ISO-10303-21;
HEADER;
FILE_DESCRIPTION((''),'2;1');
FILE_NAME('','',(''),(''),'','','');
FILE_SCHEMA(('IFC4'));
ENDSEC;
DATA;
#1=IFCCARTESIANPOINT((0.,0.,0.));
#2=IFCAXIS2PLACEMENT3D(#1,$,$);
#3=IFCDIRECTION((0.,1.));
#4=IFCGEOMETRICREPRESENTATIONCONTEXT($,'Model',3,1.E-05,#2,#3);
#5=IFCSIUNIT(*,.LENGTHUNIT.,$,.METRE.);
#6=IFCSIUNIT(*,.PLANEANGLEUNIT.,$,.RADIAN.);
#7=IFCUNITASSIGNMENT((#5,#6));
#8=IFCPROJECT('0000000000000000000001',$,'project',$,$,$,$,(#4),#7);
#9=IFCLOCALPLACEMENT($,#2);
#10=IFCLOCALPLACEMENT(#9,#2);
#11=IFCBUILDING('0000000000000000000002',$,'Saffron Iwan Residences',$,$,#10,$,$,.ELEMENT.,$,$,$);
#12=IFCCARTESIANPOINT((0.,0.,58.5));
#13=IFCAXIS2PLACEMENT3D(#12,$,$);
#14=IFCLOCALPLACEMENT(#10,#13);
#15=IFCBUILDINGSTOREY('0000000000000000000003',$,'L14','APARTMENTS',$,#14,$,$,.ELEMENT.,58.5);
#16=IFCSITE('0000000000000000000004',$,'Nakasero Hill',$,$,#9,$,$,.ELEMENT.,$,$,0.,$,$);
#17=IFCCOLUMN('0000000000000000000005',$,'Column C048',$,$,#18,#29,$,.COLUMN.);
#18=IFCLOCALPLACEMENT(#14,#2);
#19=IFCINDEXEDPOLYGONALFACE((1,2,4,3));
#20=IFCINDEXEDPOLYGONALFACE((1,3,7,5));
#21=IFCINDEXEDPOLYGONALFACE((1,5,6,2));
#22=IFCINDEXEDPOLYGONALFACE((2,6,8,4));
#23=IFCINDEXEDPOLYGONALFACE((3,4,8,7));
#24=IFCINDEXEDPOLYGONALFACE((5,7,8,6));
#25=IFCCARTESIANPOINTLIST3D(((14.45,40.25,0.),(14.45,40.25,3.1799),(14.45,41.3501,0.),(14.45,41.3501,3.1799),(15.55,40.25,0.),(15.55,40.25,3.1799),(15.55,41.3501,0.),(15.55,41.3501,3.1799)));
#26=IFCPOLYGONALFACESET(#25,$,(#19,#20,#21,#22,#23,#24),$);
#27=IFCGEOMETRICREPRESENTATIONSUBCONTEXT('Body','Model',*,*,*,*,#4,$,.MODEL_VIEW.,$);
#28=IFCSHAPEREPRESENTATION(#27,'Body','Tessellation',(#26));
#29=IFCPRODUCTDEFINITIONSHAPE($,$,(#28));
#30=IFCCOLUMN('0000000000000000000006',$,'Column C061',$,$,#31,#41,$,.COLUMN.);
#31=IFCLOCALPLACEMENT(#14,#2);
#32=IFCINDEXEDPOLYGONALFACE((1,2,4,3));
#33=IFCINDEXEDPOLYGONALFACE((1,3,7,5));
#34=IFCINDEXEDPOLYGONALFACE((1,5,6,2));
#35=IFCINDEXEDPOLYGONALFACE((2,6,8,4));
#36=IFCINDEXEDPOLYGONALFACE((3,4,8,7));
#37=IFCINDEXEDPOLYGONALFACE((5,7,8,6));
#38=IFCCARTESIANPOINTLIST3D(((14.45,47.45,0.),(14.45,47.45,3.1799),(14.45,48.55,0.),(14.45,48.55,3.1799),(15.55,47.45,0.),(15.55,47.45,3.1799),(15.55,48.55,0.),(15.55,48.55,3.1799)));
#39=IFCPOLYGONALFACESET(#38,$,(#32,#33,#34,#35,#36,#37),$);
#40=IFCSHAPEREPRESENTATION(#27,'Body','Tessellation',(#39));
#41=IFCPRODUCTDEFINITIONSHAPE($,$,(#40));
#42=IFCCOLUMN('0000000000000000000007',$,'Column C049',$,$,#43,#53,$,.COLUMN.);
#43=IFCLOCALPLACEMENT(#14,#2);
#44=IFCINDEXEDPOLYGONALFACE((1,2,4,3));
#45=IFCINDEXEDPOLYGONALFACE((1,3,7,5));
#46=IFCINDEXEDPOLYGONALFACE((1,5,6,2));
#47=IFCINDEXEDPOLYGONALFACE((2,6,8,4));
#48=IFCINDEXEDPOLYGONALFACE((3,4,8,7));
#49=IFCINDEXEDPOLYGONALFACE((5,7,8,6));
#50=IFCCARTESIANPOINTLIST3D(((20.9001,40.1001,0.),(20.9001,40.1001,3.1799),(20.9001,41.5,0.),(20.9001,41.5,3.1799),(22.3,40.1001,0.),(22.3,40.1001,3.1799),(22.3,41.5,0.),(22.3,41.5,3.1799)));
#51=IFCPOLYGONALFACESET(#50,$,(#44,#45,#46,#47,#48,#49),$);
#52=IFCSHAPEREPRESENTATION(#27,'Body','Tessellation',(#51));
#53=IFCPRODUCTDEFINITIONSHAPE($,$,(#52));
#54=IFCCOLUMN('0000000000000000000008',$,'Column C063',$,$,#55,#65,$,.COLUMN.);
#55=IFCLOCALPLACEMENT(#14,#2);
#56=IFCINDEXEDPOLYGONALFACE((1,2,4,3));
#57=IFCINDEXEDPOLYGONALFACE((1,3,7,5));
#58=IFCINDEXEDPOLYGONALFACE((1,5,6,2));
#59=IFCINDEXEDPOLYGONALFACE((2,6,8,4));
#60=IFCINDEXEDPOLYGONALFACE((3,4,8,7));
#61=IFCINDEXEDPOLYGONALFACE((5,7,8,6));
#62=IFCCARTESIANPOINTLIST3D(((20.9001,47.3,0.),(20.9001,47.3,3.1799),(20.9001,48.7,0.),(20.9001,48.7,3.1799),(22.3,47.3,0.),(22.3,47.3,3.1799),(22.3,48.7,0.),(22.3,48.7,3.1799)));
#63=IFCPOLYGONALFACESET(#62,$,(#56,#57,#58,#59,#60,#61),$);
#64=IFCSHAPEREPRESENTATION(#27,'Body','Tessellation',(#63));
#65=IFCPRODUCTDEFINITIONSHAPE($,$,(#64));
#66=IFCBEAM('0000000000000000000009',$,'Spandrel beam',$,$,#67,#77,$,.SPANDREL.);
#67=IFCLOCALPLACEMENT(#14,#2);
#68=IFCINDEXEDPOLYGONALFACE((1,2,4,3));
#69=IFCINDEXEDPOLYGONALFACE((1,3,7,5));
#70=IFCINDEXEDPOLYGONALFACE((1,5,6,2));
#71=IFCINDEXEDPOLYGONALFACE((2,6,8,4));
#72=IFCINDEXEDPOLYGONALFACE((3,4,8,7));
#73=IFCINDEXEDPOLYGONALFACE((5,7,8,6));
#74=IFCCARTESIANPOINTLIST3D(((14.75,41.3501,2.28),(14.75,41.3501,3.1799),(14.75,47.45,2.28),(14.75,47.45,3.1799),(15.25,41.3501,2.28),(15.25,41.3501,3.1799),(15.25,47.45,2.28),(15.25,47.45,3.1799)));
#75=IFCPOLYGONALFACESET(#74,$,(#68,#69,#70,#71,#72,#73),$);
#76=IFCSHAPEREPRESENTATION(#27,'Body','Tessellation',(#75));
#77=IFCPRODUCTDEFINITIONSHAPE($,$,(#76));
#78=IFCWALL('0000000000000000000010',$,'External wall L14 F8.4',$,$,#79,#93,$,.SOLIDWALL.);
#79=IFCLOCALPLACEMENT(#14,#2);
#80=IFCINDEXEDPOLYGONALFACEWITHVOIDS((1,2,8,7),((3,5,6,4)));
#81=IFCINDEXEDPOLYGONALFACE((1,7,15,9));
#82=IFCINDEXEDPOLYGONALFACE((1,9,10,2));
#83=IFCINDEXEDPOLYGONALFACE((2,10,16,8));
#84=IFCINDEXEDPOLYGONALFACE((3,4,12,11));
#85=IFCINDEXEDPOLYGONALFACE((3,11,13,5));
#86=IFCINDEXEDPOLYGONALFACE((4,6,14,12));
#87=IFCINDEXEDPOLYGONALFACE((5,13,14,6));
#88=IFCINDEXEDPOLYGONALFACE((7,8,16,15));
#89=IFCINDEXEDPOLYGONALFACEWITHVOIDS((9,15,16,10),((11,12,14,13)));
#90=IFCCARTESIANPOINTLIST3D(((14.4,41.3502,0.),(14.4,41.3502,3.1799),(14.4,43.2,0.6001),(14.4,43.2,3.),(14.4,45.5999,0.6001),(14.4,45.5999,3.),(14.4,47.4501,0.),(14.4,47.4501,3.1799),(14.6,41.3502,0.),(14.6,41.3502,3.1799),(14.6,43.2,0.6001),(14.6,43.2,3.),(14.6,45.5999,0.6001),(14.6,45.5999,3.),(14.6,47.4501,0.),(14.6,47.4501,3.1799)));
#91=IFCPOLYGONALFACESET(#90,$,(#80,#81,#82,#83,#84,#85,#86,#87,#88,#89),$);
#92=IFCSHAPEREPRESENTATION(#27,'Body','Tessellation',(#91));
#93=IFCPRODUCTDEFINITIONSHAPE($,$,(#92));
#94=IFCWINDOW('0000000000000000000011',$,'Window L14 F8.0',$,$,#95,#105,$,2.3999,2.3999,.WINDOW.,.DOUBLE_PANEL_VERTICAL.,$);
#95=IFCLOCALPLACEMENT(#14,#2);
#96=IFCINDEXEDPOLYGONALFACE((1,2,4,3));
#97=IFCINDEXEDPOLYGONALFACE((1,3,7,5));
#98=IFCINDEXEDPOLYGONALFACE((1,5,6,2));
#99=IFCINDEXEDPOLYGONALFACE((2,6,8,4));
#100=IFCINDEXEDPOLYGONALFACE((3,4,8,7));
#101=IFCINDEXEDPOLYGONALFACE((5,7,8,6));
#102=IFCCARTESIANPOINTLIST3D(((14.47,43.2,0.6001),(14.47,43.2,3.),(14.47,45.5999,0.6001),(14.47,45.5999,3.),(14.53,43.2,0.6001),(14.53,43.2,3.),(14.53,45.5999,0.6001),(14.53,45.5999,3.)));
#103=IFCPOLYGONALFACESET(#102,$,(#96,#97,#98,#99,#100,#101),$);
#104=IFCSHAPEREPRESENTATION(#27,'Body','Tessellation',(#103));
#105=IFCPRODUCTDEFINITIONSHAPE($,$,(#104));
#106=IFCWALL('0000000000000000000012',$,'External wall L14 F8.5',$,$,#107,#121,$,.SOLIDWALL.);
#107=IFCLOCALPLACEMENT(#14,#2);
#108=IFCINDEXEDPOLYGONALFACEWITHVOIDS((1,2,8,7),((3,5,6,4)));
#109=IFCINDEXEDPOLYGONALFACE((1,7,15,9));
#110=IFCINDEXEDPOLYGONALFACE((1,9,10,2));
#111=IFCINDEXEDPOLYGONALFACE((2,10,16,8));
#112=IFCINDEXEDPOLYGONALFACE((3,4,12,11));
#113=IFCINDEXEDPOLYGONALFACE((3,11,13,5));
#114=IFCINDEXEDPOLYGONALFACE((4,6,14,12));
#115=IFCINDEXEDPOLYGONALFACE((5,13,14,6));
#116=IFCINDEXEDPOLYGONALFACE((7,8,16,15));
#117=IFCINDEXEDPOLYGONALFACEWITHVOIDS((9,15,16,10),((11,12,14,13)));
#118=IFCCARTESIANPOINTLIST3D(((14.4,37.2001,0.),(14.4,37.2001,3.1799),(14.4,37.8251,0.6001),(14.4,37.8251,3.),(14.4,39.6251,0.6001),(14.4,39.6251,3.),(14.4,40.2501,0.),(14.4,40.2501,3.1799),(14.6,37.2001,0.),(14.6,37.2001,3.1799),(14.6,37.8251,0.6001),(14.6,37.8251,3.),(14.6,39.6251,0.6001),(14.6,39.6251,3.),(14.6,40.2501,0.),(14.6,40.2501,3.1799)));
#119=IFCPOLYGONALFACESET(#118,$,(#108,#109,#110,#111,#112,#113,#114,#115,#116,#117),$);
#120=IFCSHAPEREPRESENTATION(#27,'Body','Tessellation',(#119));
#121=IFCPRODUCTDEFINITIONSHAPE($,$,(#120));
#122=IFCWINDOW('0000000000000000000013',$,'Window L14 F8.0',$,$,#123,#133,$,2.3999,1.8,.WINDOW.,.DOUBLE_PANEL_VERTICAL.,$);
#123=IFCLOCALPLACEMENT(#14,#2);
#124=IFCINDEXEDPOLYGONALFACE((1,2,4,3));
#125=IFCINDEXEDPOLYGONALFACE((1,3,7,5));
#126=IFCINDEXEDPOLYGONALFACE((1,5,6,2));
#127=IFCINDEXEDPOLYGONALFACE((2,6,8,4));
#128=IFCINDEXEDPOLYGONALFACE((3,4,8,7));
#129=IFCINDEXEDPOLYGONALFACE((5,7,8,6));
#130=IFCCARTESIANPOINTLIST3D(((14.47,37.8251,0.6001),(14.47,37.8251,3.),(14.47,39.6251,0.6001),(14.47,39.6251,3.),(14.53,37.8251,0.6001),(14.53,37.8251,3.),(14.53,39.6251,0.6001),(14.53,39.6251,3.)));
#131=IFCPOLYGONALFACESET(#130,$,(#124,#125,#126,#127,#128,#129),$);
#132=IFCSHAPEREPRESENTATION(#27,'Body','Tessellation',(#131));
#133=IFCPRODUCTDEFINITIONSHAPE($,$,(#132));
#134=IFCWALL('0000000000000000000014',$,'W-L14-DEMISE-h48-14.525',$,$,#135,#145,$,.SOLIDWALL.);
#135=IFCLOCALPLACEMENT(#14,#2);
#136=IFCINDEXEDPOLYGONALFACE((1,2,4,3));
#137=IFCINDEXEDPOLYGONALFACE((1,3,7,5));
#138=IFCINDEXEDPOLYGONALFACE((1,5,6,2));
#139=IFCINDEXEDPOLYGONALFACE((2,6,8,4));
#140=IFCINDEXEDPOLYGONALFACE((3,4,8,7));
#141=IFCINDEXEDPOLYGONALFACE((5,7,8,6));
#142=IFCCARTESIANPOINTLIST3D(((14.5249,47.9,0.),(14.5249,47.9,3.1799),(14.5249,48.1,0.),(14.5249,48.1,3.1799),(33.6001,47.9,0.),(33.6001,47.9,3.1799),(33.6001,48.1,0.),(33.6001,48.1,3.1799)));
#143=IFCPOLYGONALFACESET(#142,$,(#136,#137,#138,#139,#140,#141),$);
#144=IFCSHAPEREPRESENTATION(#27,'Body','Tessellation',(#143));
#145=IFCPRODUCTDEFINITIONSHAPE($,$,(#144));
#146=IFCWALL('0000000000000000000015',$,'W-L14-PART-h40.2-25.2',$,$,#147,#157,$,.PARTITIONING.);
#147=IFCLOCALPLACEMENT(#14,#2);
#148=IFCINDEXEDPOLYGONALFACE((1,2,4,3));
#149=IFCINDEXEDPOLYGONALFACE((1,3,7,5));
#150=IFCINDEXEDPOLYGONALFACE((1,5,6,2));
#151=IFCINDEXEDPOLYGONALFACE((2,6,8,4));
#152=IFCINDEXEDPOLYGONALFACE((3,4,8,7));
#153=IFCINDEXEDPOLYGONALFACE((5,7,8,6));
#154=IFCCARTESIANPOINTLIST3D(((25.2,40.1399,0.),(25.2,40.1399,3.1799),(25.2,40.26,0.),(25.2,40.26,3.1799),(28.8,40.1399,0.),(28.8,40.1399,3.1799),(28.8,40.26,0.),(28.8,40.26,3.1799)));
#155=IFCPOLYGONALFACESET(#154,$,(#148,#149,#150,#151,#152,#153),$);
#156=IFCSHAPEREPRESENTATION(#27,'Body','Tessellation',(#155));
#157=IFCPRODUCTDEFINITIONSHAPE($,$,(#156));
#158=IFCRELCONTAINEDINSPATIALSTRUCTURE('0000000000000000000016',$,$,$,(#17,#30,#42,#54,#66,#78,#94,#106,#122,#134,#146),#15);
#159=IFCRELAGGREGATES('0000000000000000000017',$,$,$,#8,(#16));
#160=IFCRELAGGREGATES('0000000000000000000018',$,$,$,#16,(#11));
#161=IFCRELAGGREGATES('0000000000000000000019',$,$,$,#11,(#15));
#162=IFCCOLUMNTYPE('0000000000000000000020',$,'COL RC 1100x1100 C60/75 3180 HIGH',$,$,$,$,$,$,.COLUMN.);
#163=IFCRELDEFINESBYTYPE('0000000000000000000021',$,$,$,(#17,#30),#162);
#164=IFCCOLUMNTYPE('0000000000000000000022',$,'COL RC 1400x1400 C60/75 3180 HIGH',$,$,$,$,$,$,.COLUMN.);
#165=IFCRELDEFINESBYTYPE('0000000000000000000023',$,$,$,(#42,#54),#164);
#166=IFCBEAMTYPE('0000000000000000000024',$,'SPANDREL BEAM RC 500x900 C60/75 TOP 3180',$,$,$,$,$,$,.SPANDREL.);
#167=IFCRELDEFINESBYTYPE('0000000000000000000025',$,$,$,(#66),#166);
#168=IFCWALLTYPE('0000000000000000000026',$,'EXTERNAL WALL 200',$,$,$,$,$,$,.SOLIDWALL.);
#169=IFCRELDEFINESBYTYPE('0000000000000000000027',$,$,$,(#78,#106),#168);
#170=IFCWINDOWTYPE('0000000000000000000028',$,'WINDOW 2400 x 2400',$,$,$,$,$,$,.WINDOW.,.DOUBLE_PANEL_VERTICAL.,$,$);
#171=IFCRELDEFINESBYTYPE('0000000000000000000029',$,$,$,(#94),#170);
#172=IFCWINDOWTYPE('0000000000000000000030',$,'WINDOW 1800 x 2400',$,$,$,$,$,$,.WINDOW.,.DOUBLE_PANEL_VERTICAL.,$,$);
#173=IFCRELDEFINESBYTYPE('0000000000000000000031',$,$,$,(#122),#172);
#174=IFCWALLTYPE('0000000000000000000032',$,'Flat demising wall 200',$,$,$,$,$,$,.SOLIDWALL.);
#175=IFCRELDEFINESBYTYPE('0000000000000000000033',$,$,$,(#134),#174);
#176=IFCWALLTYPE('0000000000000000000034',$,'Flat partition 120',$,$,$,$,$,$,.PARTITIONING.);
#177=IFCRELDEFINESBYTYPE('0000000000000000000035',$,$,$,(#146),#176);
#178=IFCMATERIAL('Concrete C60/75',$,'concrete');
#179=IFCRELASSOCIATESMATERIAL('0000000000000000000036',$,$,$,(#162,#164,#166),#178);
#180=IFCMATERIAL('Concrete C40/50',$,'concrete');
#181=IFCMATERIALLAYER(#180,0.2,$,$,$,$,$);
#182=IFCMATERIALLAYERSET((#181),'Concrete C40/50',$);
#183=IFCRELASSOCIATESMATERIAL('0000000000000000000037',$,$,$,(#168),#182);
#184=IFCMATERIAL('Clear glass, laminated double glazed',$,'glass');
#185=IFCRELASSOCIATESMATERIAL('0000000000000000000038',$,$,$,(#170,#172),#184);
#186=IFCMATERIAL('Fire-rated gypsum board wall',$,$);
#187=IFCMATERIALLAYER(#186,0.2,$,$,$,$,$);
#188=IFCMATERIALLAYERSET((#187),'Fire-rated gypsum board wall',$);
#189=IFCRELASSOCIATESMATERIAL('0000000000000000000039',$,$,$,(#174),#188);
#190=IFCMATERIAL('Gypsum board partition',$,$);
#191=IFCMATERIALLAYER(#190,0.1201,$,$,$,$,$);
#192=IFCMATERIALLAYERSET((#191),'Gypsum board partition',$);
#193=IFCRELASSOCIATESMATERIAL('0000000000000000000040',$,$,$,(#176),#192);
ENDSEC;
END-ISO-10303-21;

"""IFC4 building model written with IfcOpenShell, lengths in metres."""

from ifc_helpers import new_model, si_unit, direction, frame, frame_2d, origin, origin_2d, place, context, subcontext, project, spatial, rectangle, extrude, source, transform, mapped, material, layer, layer_set, material_profile, profile_set, type_object, element, fill, save


model = new_model("IFC4")

# Units and contexts
model_context = context("Model", 3, precision=1e-05, world=origin(), true_north=direction((0.0, 1.0)))
body_context = subcontext(model_context, "Body", "Model", "MODEL_VIEW")
ifc_project = project(units=[si_unit("LENGTHUNIT", "METRE"), si_unit("PLANEANGLEUNIT", "RADIAN")], contexts=[model_context])

# Site, building, storey
site_placement = place(None, origin())
site = spatial("IfcSite", under=ifc_project, at=site_placement, Name="Nakasero Hill", CompositionType="ELEMENT", RefElevation=0.0)
building_placement = place(site_placement, origin())
building = spatial("IfcBuilding", under=site, at=building_placement, Name="Saffron Iwan Residences", CompositionType="ELEMENT")
storey_placement = place(building_placement, frame((0.0, 0.0, 58.5)))
storey = spatial("IfcBuildingStorey", under=building, at=storey_placement, Name="L14", Description="APARTMENTS", CompositionType="ELEMENT", Elevation=58.5)

# Columns
ifc_material_1 = material(Name="Concrete C60/75", Category="concrete")
ifc_material_profile_1 = material_profile(ifc_material_1, rectangle(XDim=1.1001, YDim=1.1001, at=origin_2d()), Name="RC 1100x1100")
ifc_profile_set_1 = profile_set([ifc_material_profile_1], Name="Concrete C60/75")
column_type_1 = type_object("IfcColumnType", Name="COL RC 1100x1100 C60/75 3180 HIGH", PredefinedType="COLUMN", material=ifc_profile_set_1)
shared_shape_1 = source(origin(), body_context, "Body", "SweptSolid", [
    extrude(rectangle(XDim=1.1001, YDim=1.1001, at=origin_2d()), origin(), (0.0, 0.0, 1.0), 3.1799),
])
for number, where, z_axis, x_axis, name in (
    (1, (15.0, 40.8, 0.0), (0.0, 0.0, 1.0), (1.0, 0.0, 0.0), "Column C048"),
    (2, (15.0, 48.0, 0.0), (0.0, 0.0, 1.0), (1.0, 0.0, 0.0), "Column C061"),
):
    element("IfcColumn", number, at=place(storey_placement, frame(where, z_axis=z_axis, x_axis=x_axis)), inside=storey, type_object=column_type_1, Name=name, PredefinedType="COLUMN", context=body_context, shape_type="MappedRepresentation", body=[
        mapped(shared_shape_1, transform((0.0, 0.0, 0.0))),
    ])
ifc_material_profile_2 = material_profile(ifc_material_1, rectangle(XDim=1.3999, YDim=1.3999, at=origin_2d()), Name="RC 1400x1400")
ifc_profile_set_2 = profile_set([ifc_material_profile_2], Name="Concrete C60/75")
column_type_2 = type_object("IfcColumnType", Name="COL RC 1400x1400 C60/75 3180 HIGH", PredefinedType="COLUMN", material=ifc_profile_set_2)
shared_shape_2 = source(origin(), body_context, "Body", "SweptSolid", [
    extrude(rectangle(XDim=1.3999, YDim=1.3999, at=origin_2d()), origin(), (0.0, 0.0, 1.0), 3.1799),
])
for number, where, z_axis, x_axis, name in (
    (3, (21.6001, 40.8, 0.0), (0.0, 0.0, 1.0), (1.0, 0.0, 0.0), "Column C049"),
    (4, (21.6001, 48.0, 0.0), (0.0, 0.0, 1.0), (1.0, 0.0, 0.0), "Column C063"),
):
    element("IfcColumn", number, at=place(storey_placement, frame(where, z_axis=z_axis, x_axis=x_axis)), inside=storey, type_object=column_type_2, Name=name, PredefinedType="COLUMN", context=body_context, shape_type="MappedRepresentation", body=[
        mapped(shared_shape_2, transform((0.0, 0.0, 0.0))),
    ])

# Beam
ifc_material_profile_3 = material_profile(ifc_material_1, rectangle(XDim=0.5, YDim=0.8999, at=origin_2d()), Name="RC 500x900")
ifc_profile_set_3 = profile_set([ifc_material_profile_3], Name="Concrete C60/75")
beam_type = type_object("IfcBeamType", Name="SPANDREL BEAM RC 500x900 C60/75 TOP 3180", PredefinedType="SPANDREL", material=ifc_profile_set_3)
shared_shape_3 = source(origin(), body_context, "Body", "SweptSolid", [
    extrude(rectangle(XDim=0.5, YDim=0.8999, at=origin_2d()), origin(), (0.0, 0.0, 1.0), 6.0999),
])
beam_placement = place(storey_placement, frame((15.0, 41.3501, 2.73), z_axis=(0.0, 1.0, 0.0), x_axis=(-1.0, 0.0, 0.0)))
element("IfcBeam", 5, at=beam_placement, inside=storey, type_object=beam_type, Name="Spandrel beam", PredefinedType="SPANDREL", context=body_context, shape_type="MappedRepresentation", body=[
    mapped(shared_shape_3, transform((0.0, 0.0, 0.0))),
])

# Walls, openings, windows
ifc_material_2 = material(Name="Concrete C40/50", Category="concrete")
ifc_layer_1 = layer(ifc_material_2, 0.2)
ifc_layer_set_1 = layer_set([ifc_layer_1], Name="Concrete C40/50")
wall_type_1 = type_object("IfcWallType", Name="EXTERNAL WALL 200", PredefinedType="SOLIDWALL", material=ifc_layer_set_1)
wall_1_placement = place(storey_placement, frame((14.5, 47.45, 0.0), z_axis=(0.0, 0.0, 1.0), x_axis=(0.0, -1.0, 0.0)))
wall_1 = element("IfcWall", 6, at=wall_1_placement, inside=storey, type_object=wall_type_1, Name="External wall L14 F8.4", PredefinedType="SOLIDWALL", context=body_context, shape_type="SweptSolid", body=[
    extrude(rectangle(XDim=6.0999, YDim=0.2, at=frame_2d((3.0498, 0.0))), origin(), (0.0, 0.0, 1.0), 3.1799),
])
opening_1_placement = place(wall_1_placement, frame((1.8501, 0.0, 0.6001)))
opening_1 = element("IfcOpeningElement", 7, at=opening_1_placement, cuts=wall_1, PredefinedType="OPENING", context=body_context, shape_type="SweptSolid", body=[
    extrude(rectangle(XDim=2.3999, YDim=2.3999, at=frame_2d((1.2, 1.2))), frame((0.0, 0.1099, 0.0), z_axis=(0.0, -1.0, 0.0), x_axis=(1.0, 0.0, 0.0)), (0.0, 0.0, 1.0), 0.22),
])
ifc_material_3 = material(Name="Clear glass, laminated double glazed", Category="glass")
window_type_1 = type_object("IfcWindowType", Name="WINDOW 2400 x 2400", PartitioningType="DOUBLE_PANEL_VERTICAL", PredefinedType="WINDOW", material=ifc_material_3)
window_1_placement = place(opening_1_placement, origin())
window_1 = element("IfcWindow", 8, at=window_1_placement, inside=storey, type_object=window_type_1, Name="Window L14 F8.0", OverallHeight=2.3999, OverallWidth=2.3999, PartitioningType="DOUBLE_PANEL_VERTICAL", PredefinedType="WINDOW", context=body_context, shape_type="SweptSolid", body=[
    extrude(rectangle(XDim=2.3999, YDim=2.3999, at=frame_2d((1.2, 1.2))), frame((0.0, 0.03, 0.0), z_axis=(0.0, -1.0, 0.0), x_axis=(1.0, 0.0, 0.0)), (0.0, 0.0, 1.0), 0.0601),
])
fill(opening_1, window_1)
wall_2_placement = place(storey_placement, frame((14.5, 40.25, 0.0), z_axis=(0.0, 0.0, 1.0), x_axis=(0.0, -1.0, 0.0)))
wall_2 = element("IfcWall", 9, at=wall_2_placement, inside=storey, type_object=wall_type_1, Name="External wall L14 F8.5", PredefinedType="SOLIDWALL", context=body_context, shape_type="SweptSolid", body=[
    extrude(rectangle(XDim=3.05, YDim=0.2, at=frame_2d((1.5249, 0.0))), origin(), (0.0, 0.0, 1.0), 3.1799),
])
opening_2_placement = place(wall_2_placement, frame((0.625, 0.0, 0.6001)))
opening_2 = element("IfcOpeningElement", 10, at=opening_2_placement, cuts=wall_2, PredefinedType="OPENING", context=body_context, shape_type="SweptSolid", body=[
    extrude(rectangle(XDim=1.8, YDim=2.3999, at=frame_2d((0.8999, 1.2))), frame((0.0, 0.1099, 0.0), z_axis=(0.0, -1.0, 0.0), x_axis=(1.0, 0.0, 0.0)), (0.0, 0.0, 1.0), 0.22),
])
window_type_2 = type_object("IfcWindowType", Name="WINDOW 1800 x 2400", PartitioningType="DOUBLE_PANEL_VERTICAL", PredefinedType="WINDOW", material=ifc_material_3)
window_2_placement = place(opening_2_placement, origin())
window_2 = element("IfcWindow", 11, at=window_2_placement, inside=storey, type_object=window_type_2, Name="Window L14 F8.0", OverallHeight=2.3999, OverallWidth=1.8, PartitioningType="DOUBLE_PANEL_VERTICAL", PredefinedType="WINDOW", context=body_context, shape_type="SweptSolid", body=[
    extrude(rectangle(XDim=1.8, YDim=2.3999, at=frame_2d((0.8999, 1.2))), frame((0.0, 0.03, 0.0), z_axis=(0.0, -1.0, 0.0), x_axis=(1.0, 0.0, 0.0)), (0.0, 0.0, 1.0), 0.0601),
])
fill(opening_2, window_2)

# Walls
ifc_material_4 = material(Name="Fire-rated gypsum board wall")
ifc_layer_2 = layer(ifc_material_4, 0.2)
ifc_layer_set_2 = layer_set([ifc_layer_2], Name="Fire-rated gypsum board wall")
wall_type_2 = type_object("IfcWallType", Name="Flat demising wall 200", PredefinedType="SOLIDWALL", material=ifc_layer_set_2)
wall_3_placement = place(storey_placement, frame((14.5249, 48.0, 0.0), z_axis=(0.0, 0.0, 1.0), x_axis=(1.0, 0.0, 0.0)))
element("IfcWall", 12, at=wall_3_placement, inside=storey, type_object=wall_type_2, Name="W-L14-DEMISE-h48-14.525", PredefinedType="SOLIDWALL", context=body_context, shape_type="SweptSolid", body=[
    extrude(rectangle(XDim=19.0752, YDim=0.2, at=frame_2d((9.5376, 0.0))), origin(), (0.0, 0.0, 1.0), 3.1799),
])
ifc_material_5 = material(Name="Gypsum board partition")
ifc_layer_3 = layer(ifc_material_5, 0.1201)
ifc_layer_set_3 = layer_set([ifc_layer_3], Name="Gypsum board partition")
wall_type_3 = type_object("IfcWallType", Name="Flat partition 120", PredefinedType="PARTITIONING", material=ifc_layer_set_3)
wall_4_placement = place(storey_placement, frame((25.2, 40.2, 0.0), z_axis=(0.0, 0.0, 1.0), x_axis=(1.0, 0.0, 0.0)))
element("IfcWall", 13, at=wall_4_placement, inside=storey, type_object=wall_type_3, Name="W-L14-PART-h40.2-25.2", PredefinedType="PARTITIONING", context=body_context, shape_type="SweptSolid", body=[
    extrude(rectangle(XDim=3.6001, YDim=0.1201, at=frame_2d((1.8, 0.0))), origin(), (0.0, 0.0, 1.0), 3.1799),
])

save(model, "model.ifc")
